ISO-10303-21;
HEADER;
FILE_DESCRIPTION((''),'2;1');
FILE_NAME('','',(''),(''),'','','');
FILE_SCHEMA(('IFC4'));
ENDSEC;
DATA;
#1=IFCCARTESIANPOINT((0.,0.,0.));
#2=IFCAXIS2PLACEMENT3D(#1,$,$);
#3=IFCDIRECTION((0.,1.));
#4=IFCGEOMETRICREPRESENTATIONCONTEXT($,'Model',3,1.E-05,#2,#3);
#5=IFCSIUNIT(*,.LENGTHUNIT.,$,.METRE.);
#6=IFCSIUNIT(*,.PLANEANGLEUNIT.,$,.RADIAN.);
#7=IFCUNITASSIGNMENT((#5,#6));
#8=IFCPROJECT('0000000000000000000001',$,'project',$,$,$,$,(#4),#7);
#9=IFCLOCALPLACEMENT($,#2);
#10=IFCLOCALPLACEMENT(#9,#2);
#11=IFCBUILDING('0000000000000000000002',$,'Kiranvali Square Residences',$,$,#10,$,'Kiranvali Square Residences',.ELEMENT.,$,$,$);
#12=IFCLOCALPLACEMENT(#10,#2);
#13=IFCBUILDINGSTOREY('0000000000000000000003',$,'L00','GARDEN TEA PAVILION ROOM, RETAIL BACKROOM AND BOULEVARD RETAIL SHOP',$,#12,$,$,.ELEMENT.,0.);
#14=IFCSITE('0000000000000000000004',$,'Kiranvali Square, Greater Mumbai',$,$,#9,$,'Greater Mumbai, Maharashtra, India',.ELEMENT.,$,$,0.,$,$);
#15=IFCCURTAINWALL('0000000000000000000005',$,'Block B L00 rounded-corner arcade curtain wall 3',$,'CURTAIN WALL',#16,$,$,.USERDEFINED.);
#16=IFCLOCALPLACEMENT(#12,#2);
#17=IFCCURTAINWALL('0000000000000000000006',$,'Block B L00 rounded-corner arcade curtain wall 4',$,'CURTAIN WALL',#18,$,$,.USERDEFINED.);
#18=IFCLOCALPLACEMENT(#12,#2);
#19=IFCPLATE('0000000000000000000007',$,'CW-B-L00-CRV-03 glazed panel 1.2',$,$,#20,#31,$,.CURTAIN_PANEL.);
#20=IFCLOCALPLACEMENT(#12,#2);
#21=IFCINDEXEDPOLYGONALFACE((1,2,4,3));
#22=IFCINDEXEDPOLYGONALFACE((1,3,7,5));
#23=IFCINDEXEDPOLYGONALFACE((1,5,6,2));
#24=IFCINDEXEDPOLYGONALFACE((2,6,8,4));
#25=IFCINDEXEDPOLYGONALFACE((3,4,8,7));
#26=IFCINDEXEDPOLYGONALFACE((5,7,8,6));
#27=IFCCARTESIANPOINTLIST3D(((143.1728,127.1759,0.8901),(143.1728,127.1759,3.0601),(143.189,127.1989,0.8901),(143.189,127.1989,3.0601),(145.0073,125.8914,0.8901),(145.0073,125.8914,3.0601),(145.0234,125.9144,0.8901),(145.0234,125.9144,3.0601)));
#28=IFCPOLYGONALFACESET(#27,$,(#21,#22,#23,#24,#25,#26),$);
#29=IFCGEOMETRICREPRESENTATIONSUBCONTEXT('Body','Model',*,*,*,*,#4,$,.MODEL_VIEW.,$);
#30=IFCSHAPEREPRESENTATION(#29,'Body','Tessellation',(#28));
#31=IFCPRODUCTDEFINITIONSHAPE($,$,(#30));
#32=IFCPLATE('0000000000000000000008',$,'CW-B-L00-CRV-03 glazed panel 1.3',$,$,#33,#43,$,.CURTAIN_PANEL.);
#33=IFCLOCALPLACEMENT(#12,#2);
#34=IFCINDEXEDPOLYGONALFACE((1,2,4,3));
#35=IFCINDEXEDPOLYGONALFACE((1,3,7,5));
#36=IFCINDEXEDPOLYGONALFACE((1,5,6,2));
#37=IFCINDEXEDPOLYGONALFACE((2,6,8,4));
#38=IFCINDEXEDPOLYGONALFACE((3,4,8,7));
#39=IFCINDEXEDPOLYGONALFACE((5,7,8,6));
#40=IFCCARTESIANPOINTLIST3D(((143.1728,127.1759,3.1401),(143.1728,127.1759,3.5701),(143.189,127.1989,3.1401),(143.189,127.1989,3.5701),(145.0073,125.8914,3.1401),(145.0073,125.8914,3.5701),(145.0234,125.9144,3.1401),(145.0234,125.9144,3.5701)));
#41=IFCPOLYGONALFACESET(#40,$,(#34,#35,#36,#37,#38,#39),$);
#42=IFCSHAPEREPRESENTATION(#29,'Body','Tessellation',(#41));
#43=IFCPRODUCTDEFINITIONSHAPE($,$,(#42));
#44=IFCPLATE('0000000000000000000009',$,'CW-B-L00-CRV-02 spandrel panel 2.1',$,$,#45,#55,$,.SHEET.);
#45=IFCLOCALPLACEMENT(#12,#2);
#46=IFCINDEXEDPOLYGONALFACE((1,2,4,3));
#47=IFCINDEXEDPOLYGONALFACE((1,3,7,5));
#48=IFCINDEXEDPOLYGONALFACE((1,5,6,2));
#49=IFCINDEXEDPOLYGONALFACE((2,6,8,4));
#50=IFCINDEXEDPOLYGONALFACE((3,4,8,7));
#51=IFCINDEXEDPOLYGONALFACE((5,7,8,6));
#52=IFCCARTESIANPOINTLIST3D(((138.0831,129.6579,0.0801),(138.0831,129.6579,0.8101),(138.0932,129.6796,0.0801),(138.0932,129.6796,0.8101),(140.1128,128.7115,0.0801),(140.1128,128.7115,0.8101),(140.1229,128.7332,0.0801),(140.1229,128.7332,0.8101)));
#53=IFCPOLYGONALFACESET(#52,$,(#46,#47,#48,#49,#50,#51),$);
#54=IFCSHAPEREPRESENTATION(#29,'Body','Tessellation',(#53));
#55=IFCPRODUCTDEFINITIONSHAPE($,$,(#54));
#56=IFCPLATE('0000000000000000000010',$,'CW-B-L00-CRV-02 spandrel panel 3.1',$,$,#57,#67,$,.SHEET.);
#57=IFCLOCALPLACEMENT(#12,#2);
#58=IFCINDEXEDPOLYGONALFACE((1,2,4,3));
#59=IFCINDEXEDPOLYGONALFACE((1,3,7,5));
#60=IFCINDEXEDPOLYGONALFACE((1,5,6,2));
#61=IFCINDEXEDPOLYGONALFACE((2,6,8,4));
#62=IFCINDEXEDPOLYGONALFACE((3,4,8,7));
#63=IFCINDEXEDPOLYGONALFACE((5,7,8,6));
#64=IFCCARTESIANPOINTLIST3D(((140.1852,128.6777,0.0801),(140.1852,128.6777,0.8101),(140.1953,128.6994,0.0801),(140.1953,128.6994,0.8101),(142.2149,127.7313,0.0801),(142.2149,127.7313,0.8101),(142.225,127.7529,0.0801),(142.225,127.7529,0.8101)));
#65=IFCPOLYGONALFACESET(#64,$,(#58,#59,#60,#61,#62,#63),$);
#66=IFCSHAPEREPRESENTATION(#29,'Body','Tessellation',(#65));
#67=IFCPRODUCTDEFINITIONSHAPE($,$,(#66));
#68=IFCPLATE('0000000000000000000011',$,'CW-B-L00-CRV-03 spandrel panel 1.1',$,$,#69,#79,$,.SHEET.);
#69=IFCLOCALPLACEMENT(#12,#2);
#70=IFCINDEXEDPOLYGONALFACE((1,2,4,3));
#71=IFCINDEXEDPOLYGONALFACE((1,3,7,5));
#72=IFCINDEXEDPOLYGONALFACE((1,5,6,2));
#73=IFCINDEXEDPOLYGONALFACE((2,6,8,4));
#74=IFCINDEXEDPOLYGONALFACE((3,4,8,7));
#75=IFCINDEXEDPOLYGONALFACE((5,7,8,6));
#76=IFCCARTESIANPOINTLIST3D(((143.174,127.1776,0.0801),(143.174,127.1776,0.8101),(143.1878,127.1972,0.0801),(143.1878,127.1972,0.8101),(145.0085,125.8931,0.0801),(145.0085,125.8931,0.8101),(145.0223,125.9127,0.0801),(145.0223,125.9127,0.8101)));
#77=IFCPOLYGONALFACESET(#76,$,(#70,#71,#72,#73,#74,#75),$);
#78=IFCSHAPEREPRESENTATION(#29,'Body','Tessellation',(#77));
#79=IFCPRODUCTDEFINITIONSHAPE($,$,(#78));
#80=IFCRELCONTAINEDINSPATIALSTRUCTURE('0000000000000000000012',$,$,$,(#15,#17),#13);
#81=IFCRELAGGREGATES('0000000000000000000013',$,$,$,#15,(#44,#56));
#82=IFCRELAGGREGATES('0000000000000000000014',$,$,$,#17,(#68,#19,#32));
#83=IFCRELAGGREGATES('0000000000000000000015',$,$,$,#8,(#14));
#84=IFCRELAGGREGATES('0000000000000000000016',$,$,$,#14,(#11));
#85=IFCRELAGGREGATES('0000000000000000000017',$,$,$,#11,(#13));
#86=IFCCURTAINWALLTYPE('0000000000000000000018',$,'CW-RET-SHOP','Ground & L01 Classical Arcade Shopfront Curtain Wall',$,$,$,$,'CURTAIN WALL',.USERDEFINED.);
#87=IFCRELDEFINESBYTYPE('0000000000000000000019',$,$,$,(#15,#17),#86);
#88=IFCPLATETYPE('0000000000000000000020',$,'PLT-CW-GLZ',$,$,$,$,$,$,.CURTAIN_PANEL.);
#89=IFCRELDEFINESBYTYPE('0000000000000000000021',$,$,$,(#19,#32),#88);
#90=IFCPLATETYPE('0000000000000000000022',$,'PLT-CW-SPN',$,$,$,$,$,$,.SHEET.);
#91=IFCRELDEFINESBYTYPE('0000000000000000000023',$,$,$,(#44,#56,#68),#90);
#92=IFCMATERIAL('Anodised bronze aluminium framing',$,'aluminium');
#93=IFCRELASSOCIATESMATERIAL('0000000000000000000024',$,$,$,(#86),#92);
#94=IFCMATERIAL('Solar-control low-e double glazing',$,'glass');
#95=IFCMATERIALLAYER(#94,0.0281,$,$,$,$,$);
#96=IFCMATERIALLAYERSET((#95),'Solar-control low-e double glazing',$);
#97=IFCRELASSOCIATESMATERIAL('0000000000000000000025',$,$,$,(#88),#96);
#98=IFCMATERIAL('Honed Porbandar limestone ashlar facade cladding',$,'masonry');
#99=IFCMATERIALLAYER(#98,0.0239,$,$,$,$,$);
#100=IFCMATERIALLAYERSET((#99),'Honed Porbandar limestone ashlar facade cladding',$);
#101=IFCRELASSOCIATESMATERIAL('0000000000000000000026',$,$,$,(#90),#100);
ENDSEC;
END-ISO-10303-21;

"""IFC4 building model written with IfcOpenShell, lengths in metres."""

from ifc_helpers import new_model, si_unit, direction, frame, origin, origin_2d, place, context, subcontext, project, spatial, rectangle, extrude, material, layer, layer_set, type_object, element, aggregate, save


model = new_model("IFC4")

# Units and contexts
model_context = context("Model", 3, precision=1e-05, world=origin(), true_north=direction((0.0, 1.0)))
body_context = subcontext(model_context, "Body", "Model", "MODEL_VIEW")
ifc_project = project(units=[si_unit("LENGTHUNIT", "METRE"), si_unit("PLANEANGLEUNIT", "RADIAN")], contexts=[model_context])

# Site, building, storey
site_placement = place(None, origin())
site = spatial("IfcSite", under=ifc_project, at=site_placement, Name="Kiranvali Square, Greater Mumbai", LongName="Greater Mumbai, Maharashtra, India", CompositionType="ELEMENT", RefElevation=0.0)
building_placement = place(site_placement, origin())
building = spatial("IfcBuilding", under=site, at=building_placement, Name="Kiranvali Square Residences", LongName="Kiranvali Square Residences", CompositionType="ELEMENT")
storey_placement = place(building_placement, origin())
storey = spatial("IfcBuildingStorey", under=building, at=storey_placement, Name="L00", Description="GARDEN TEA PAVILION ROOM, RETAIL BACKROOM AND BOULEVARD RETAIL SHOP", CompositionType="ELEMENT", Elevation=0.0)

# Curtain walls
ifc_material_1 = material(Name="Anodised bronze aluminium framing", Category="aluminium")
curtain_wall_type = type_object("IfcCurtainWallType", Name="CW-RET-SHOP", Description="Ground & L01 Classical Arcade Shopfront Curtain Wall", ElementType="CURTAIN WALL", PredefinedType="USERDEFINED", material=ifc_material_1)
curtain_wall_1_placement = place(storey_placement, origin())
curtain_wall_1 = element("IfcCurtainWall", 1, at=curtain_wall_1_placement, inside=storey, type_object=curtain_wall_type, Name="Block B L00 rounded-corner arcade curtain wall 3", ObjectType="CURTAIN WALL", PredefinedType="USERDEFINED")
curtain_wall_2_placement = place(storey_placement, origin())
curtain_wall_2 = element("IfcCurtainWall", 2, at=curtain_wall_2_placement, inside=storey, type_object=curtain_wall_type, Name="Block B L00 rounded-corner arcade curtain wall 4", ObjectType="CURTAIN WALL", PredefinedType="USERDEFINED")

# Plates
ifc_material_2 = material(Name="Solar-control low-e double glazing", Category="glass")
ifc_layer_1 = layer(ifc_material_2, 0.0281)
ifc_layer_set_1 = layer_set([ifc_layer_1], Name="Solar-control low-e double glazing")
plate_type_1 = type_object("IfcPlateType", Name="PLT-CW-GLZ", PredefinedType="CURTAIN_PANEL", material=ifc_layer_set_1)
plate_1_placement = place(storey_placement, frame((144.0981, 126.5452, 0.8901), z_axis=(0.0, 0.0, 1.0), x_axis=(0.819152, -0.573576, 0.0)))
plate_1 = element("IfcPlate", 3, at=plate_1_placement, type_object=plate_type_1, Name="CW-B-L00-CRV-03 glazed panel 1.2", PredefinedType="CURTAIN_PANEL", context=body_context, shape_type="SweptSolid", body=[
    extrude(rectangle(XDim=2.2395, YDim=0.0281, at=origin_2d()), origin(), (0.0, 0.0, 1.0), 2.1699),
])
plate_2_placement = place(storey_placement, frame((144.0981, 126.5452, 3.1401), z_axis=(0.0, 0.0, 1.0), x_axis=(0.819152, -0.573576, 0.0)))
plate_2 = element("IfcPlate", 4, at=plate_2_placement, type_object=plate_type_1, Name="CW-B-L00-CRV-03 glazed panel 1.3", PredefinedType="CURTAIN_PANEL", context=body_context, shape_type="SweptSolid", body=[
    extrude(rectangle(XDim=2.2395, YDim=0.0281, at=origin_2d()), origin(), (0.0, 0.0, 1.0), 0.4299),
])
ifc_material_3 = material(Name="Honed Porbandar limestone ashlar facade cladding", Category="masonry")
ifc_layer_2 = layer(ifc_material_3, 0.0239)
ifc_layer_set_2 = layer_set([ifc_layer_2], Name="Honed Porbandar limestone ashlar facade cladding")
plate_type_2 = type_object("IfcPlateType", Name="PLT-CW-SPN", PredefinedType="SHEET", material=ifc_layer_set_2)
plate_3_placement = place(storey_placement, frame((139.103, 129.1956, 0.0801), z_axis=(0.0, 0.0, 1.0), x_axis=(0.906308, -0.422618, 0.0)))
plate_3 = element("IfcPlate", 5, at=plate_3_placement, type_object=plate_type_2, Name="CW-B-L00-CRV-02 spandrel panel 2.1", PredefinedType="SHEET", context=body_context, shape_type="SweptSolid", body=[
    extrude(rectangle(XDim=2.2395, YDim=0.0239, at=origin_2d()), origin(), (0.0, 0.0, 1.0), 0.73),
])
plate_4_placement = place(storey_placement, frame((141.2051, 128.2153, 0.0801), z_axis=(0.0, 0.0, 1.0), x_axis=(0.906308, -0.422618, 0.0)))
plate_4 = element("IfcPlate", 6, at=plate_4_placement, type_object=plate_type_2, Name="CW-B-L00-CRV-02 spandrel panel 3.1", PredefinedType="SHEET", context=body_context, shape_type="SweptSolid", body=[
    extrude(rectangle(XDim=2.2395, YDim=0.0239, at=origin_2d()), origin(), (0.0, 0.0, 1.0), 0.73),
])
aggregate(curtain_wall_1, [plate_3, plate_4])
plate_5_placement = place(storey_placement, frame((144.0981, 126.5452, 0.0801), z_axis=(0.0, 0.0, 1.0), x_axis=(0.819152, -0.573576, 0.0)))
plate_5 = element("IfcPlate", 7, at=plate_5_placement, type_object=plate_type_2, Name="CW-B-L00-CRV-03 spandrel panel 1.1", PredefinedType="SHEET", context=body_context, shape_type="SweptSolid", body=[
    extrude(rectangle(XDim=2.2395, YDim=0.0239, at=origin_2d()), origin(), (0.0, 0.0, 1.0), 0.73),
])
aggregate(curtain_wall_2, [plate_5, plate_1, plate_2])

save(model, "model.ifc")
